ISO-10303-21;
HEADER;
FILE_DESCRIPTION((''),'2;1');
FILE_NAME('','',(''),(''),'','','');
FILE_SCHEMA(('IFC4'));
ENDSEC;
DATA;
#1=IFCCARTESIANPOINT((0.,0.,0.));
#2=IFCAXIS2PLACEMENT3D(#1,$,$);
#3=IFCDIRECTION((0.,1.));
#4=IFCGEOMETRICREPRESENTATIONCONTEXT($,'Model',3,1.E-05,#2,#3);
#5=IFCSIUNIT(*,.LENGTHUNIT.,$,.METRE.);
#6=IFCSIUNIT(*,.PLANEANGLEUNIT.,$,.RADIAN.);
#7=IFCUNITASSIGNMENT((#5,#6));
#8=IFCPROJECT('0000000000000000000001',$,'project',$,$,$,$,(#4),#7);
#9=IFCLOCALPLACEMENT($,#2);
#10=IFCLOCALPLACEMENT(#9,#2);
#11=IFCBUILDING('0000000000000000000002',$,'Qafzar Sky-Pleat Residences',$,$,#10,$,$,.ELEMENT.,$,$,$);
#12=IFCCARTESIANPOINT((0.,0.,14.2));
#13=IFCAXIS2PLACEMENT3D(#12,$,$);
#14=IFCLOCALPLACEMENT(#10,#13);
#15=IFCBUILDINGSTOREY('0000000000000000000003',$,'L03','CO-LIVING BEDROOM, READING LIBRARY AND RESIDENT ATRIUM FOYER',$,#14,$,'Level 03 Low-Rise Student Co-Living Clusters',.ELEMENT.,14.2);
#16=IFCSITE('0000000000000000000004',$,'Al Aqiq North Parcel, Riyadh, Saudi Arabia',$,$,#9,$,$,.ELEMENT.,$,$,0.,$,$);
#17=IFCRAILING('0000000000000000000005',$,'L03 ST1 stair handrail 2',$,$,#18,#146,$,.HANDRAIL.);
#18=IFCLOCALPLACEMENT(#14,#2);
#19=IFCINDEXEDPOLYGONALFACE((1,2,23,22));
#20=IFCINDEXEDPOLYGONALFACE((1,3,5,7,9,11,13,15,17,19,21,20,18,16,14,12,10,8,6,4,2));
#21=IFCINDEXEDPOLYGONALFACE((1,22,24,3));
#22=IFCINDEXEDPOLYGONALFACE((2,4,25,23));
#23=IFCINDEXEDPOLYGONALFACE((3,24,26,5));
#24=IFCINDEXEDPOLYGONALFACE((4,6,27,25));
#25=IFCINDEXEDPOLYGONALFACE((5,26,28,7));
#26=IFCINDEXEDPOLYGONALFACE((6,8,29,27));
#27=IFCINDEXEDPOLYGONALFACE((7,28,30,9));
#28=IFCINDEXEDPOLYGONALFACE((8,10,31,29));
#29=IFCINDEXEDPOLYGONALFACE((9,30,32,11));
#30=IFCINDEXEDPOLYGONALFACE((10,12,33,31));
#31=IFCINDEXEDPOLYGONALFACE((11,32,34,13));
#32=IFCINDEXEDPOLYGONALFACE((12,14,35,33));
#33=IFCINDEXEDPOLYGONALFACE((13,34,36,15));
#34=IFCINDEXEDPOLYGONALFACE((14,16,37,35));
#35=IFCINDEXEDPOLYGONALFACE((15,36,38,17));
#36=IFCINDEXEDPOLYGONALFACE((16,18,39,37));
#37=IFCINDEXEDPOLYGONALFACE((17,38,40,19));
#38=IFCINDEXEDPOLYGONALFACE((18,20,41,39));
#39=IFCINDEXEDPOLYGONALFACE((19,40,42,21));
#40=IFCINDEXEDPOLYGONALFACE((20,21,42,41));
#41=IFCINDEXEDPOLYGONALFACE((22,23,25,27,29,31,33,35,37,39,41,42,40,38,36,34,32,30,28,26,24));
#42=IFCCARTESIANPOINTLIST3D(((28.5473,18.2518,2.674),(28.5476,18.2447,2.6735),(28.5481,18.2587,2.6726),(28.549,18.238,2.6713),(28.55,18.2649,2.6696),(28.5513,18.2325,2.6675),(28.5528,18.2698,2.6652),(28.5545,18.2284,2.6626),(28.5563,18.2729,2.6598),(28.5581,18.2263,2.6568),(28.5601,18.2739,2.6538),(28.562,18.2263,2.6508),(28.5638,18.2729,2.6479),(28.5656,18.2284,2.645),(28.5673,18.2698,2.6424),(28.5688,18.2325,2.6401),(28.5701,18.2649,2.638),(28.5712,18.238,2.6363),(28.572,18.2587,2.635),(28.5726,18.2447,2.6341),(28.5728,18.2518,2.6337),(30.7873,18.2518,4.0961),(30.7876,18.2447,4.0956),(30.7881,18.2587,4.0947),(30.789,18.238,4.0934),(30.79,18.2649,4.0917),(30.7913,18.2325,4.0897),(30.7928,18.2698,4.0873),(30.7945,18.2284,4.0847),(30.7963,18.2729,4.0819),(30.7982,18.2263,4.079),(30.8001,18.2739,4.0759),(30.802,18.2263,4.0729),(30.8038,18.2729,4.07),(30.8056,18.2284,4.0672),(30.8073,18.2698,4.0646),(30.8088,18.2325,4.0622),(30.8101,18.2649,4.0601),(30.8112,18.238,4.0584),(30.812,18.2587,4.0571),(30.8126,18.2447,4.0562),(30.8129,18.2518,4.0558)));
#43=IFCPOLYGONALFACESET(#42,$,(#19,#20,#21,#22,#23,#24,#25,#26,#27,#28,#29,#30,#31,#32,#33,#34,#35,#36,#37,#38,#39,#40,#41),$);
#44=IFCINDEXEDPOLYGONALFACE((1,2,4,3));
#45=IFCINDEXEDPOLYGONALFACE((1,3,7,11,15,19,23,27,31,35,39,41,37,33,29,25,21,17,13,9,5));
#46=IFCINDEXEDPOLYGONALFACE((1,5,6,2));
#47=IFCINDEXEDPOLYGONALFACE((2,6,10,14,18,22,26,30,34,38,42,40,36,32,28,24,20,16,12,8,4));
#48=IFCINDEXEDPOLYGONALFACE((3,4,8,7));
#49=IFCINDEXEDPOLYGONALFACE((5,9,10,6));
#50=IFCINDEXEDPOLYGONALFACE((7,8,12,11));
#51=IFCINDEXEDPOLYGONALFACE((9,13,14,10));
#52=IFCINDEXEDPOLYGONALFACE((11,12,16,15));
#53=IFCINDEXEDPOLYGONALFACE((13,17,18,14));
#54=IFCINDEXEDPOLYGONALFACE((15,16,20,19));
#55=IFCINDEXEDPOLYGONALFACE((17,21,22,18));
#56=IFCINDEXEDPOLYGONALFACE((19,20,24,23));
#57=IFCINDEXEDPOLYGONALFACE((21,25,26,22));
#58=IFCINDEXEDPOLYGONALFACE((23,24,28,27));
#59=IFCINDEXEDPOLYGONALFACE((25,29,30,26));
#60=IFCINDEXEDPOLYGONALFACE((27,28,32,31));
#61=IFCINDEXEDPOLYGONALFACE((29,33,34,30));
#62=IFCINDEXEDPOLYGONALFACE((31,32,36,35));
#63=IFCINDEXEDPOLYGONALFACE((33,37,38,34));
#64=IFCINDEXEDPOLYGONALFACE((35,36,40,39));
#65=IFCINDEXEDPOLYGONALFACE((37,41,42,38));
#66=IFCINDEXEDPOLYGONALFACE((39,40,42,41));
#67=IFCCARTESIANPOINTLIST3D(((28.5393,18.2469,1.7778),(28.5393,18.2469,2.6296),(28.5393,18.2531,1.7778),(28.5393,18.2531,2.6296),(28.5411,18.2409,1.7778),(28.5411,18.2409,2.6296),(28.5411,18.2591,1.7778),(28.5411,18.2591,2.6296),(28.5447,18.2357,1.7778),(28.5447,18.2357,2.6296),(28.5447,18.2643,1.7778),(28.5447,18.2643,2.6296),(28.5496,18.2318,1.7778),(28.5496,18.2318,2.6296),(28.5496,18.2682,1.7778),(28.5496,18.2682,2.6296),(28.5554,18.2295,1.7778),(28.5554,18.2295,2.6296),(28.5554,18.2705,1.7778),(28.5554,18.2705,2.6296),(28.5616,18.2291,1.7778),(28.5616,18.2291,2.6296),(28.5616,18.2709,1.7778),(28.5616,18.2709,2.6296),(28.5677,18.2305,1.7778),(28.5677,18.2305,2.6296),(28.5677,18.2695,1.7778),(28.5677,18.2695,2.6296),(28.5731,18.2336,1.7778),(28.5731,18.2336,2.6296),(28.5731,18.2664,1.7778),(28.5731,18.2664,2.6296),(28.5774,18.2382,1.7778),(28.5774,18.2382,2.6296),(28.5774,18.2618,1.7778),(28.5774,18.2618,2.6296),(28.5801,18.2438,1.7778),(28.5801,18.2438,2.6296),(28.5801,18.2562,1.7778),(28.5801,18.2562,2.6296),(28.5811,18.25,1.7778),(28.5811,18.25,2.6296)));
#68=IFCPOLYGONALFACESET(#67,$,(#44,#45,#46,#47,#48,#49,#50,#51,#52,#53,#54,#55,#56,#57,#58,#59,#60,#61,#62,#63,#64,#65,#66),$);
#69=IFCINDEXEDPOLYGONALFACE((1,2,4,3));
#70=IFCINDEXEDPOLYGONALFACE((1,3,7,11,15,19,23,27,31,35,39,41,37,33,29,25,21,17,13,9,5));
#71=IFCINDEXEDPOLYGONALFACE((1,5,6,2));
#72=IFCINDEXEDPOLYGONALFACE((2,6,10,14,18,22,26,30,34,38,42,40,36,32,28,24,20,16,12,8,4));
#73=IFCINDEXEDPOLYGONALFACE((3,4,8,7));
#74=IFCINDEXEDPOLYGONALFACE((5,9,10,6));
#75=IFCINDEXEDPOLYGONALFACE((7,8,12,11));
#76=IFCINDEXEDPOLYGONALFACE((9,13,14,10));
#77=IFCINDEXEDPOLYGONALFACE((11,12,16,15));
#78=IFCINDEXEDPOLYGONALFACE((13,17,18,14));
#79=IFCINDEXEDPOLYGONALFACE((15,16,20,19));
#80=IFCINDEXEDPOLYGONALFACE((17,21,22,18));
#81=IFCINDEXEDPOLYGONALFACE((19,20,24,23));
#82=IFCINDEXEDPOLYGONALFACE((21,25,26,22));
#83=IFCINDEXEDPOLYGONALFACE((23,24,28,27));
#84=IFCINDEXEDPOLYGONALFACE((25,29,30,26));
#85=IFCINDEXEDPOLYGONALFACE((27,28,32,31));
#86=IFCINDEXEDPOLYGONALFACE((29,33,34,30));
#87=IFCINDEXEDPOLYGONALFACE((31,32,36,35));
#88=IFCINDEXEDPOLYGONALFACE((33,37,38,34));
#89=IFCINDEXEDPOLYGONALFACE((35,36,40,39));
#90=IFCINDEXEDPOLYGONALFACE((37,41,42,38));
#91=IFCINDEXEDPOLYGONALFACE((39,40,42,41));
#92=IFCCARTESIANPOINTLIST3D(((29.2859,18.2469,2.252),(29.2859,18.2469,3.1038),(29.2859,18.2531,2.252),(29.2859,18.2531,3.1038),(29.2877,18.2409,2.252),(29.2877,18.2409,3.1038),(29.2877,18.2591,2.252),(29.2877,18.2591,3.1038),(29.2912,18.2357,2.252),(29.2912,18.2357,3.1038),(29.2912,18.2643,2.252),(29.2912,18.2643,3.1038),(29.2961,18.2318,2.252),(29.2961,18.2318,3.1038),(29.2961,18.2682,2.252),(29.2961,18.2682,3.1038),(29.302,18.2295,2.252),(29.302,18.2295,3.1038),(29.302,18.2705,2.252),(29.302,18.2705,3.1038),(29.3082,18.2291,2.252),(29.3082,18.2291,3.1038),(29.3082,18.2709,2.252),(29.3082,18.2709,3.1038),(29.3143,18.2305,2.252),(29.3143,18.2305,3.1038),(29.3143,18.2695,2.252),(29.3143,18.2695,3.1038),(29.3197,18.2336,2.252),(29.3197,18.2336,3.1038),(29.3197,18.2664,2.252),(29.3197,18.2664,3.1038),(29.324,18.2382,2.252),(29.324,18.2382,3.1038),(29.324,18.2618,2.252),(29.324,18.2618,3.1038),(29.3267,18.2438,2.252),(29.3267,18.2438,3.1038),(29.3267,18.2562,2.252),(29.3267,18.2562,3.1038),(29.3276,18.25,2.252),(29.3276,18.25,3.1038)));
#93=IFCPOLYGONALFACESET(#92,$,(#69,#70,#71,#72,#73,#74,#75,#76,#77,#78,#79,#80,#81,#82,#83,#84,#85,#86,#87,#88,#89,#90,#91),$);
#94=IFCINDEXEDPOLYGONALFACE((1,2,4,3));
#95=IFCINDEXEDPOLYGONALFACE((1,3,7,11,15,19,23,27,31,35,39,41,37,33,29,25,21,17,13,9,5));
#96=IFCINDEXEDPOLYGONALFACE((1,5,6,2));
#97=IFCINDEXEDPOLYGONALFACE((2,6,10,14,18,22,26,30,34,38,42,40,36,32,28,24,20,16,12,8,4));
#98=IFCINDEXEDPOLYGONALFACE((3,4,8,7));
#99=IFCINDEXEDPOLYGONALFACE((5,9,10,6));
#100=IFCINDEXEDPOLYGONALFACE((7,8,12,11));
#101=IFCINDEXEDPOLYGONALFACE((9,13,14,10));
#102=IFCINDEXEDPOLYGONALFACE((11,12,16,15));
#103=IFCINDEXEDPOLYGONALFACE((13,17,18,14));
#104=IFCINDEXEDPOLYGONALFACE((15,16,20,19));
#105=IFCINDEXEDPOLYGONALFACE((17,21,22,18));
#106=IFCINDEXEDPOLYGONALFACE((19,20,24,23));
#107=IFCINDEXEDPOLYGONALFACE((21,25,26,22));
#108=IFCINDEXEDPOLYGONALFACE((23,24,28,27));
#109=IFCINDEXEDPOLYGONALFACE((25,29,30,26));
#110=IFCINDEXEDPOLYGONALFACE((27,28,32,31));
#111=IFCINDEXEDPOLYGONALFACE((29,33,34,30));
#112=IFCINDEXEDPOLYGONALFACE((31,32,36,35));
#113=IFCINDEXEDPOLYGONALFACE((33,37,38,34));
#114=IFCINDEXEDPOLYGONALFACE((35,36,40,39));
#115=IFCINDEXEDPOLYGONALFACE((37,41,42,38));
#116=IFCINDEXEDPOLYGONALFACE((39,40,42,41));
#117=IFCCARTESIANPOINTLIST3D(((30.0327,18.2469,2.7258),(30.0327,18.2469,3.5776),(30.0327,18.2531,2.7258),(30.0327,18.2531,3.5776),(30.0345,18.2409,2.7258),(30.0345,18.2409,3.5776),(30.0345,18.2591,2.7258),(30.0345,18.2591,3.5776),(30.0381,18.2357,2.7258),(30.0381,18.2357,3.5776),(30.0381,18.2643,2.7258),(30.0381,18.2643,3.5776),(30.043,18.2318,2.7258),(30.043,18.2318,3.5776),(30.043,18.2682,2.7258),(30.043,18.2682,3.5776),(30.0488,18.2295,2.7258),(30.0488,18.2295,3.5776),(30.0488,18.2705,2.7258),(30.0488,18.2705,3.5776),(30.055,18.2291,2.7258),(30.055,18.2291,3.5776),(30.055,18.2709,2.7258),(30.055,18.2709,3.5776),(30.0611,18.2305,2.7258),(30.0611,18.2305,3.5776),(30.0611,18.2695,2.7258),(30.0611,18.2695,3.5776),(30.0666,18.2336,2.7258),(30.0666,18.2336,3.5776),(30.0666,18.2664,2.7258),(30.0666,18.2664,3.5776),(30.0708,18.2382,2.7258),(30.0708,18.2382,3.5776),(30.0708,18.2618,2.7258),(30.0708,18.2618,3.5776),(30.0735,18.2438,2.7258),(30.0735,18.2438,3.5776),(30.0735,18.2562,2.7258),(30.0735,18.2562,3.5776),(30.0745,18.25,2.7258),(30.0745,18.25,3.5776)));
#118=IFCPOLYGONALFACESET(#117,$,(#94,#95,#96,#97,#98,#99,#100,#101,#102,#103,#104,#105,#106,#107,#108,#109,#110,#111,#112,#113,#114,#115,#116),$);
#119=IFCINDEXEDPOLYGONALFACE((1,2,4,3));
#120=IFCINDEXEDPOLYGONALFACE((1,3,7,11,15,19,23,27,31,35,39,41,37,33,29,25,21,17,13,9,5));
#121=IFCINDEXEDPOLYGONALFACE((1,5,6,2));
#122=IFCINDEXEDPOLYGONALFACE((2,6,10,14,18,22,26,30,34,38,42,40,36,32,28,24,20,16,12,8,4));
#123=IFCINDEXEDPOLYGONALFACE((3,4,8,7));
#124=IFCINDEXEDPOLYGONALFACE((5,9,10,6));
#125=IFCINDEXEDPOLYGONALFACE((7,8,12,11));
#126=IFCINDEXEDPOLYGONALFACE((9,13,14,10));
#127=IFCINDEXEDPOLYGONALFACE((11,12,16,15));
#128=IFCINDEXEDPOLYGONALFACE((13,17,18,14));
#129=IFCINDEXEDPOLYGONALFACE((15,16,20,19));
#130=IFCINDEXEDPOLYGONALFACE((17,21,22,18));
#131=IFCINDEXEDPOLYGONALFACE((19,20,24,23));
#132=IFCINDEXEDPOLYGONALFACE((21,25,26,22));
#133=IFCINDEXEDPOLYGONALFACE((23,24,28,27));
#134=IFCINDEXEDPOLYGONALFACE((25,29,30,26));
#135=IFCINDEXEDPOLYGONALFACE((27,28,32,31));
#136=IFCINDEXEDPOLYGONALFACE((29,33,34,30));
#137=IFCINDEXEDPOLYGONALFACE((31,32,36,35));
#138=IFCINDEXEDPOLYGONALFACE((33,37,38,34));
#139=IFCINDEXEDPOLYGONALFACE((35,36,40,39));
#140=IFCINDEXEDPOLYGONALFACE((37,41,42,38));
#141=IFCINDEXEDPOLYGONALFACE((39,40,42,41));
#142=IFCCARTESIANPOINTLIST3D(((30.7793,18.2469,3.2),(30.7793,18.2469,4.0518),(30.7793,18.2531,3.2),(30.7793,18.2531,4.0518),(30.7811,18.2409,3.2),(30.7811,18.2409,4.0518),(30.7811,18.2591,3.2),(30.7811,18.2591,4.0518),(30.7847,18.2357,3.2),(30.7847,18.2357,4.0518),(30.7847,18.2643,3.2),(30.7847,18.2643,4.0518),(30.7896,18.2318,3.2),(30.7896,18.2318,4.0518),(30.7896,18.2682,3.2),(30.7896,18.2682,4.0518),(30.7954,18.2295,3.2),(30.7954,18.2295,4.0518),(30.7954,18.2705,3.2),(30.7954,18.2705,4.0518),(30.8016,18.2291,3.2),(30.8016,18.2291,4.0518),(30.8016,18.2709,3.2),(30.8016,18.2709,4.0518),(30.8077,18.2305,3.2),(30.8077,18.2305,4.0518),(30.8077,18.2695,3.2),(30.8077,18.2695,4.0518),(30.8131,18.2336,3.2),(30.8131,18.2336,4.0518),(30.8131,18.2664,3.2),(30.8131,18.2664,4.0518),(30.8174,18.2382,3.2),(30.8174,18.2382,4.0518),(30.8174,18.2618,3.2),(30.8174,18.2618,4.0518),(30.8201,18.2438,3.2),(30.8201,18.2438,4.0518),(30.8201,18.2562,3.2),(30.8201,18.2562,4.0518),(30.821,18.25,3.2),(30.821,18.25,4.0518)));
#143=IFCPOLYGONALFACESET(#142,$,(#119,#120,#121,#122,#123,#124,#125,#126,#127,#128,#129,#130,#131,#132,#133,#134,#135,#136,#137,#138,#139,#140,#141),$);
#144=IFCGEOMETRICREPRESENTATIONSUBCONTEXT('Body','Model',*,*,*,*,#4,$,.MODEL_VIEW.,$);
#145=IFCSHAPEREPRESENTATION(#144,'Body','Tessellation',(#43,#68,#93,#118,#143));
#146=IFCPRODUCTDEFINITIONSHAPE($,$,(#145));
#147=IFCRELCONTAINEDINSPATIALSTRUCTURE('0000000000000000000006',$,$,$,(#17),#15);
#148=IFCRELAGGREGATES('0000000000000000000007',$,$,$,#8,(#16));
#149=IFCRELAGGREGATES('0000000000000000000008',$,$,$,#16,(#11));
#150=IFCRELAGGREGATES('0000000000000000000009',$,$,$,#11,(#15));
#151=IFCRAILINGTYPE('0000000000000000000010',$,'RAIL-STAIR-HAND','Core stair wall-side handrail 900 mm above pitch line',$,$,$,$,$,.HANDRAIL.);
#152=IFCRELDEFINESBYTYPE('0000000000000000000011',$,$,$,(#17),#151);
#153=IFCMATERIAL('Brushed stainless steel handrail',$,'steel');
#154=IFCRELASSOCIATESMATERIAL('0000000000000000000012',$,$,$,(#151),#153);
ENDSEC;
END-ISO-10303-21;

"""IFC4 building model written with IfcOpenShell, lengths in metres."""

from ifc_helpers import new_model, si_unit, direction, frame, origin, origin_2d, place, context, subcontext, project, spatial, circle, extrude, source, transform, mapped, material, type_object, element, save


model = new_model("IFC4")

# Units and contexts
model_context = context("Model", 3, precision=1e-05, world=origin(), true_north=direction((0.0, 1.0)))
body_context = subcontext(model_context, "Body", "Model", "MODEL_VIEW")
ifc_project = project(units=[si_unit("LENGTHUNIT", "METRE"), si_unit("PLANEANGLEUNIT", "RADIAN")], contexts=[model_context])

# Site, building, storey
site_placement = place(None, origin())
site = spatial("IfcSite", under=ifc_project, at=site_placement, Name="Al Aqiq North Parcel, Riyadh, Saudi Arabia", CompositionType="ELEMENT", RefElevation=0.0)
building_placement = place(site_placement, origin())
building = spatial("IfcBuilding", under=site, at=building_placement, Name="Qafzar Sky-Pleat Residences", CompositionType="ELEMENT")
storey_placement = place(building_placement, frame((0.0, 0.0, 14.2)))
storey = spatial("IfcBuildingStorey", under=building, at=storey_placement, Name="L03", Description="CO-LIVING BEDROOM, READING LIBRARY AND RESIDENT ATRIUM FOYER", LongName="Level 03 Low-Rise Student Co-Living Clusters", CompositionType="ELEMENT", Elevation=14.2)

# Railing
ifc_material_1 = material(Name="Brushed stainless steel handrail", Category="steel")
railing_type_1 = type_object("IfcRailingType", Name="RAIL-STAIR-HAND", Description="Core stair wall-side handrail 900 mm above pitch line", PredefinedType="HANDRAIL", material=ifc_material_1)
shared_shape_1 = source(origin(), body_context, "Body", "SweptSolid", [
    extrude(circle(Radius=0.0239, at=origin_2d()), frame((0.0, 0.0, 0.876), z_axis=(0.844229, 0.0, 0.535982), x_axis=(0.0, 1.0, 0.0)), (0.0, 0.0, 1.0), 2.6533),
    extrude(circle(Radius=0.021, at=origin_2d()), origin(), (0.0, 0.0, 1.0), 0.8518),
    extrude(circle(Radius=0.021, at=origin_2d()), frame((0.7466, 0.0, 0.4741)), (0.0, 0.0, 1.0), 0.8518),
    extrude(circle(Radius=0.021, at=origin_2d()), frame((1.4934, 0.0, 0.948)), (0.0, 0.0, 1.0), 0.8518),
    extrude(circle(Radius=0.021, at=origin_2d()), frame((2.24, 0.0, 1.4221)), (0.0, 0.0, 1.0), 0.8518),
])
railing_1_placement = place(storey_placement, frame((28.5601, 18.25, 1.7778)))
element("IfcRailing", 1, at=railing_1_placement, inside=storey, type_object=railing_type_1, Name="L03 ST1 stair handrail 2", PredefinedType="HANDRAIL", context=body_context, shape_type="MappedRepresentation", body=[
    mapped(shared_shape_1, transform((0.0, 0.0, 0.0), x_axis=(1.0, 0.0, 0.0), y_axis=(0.0, 1.0, 0.0), z_axis=(0.0, 0.0, 1.0), scale=1.0)),
])

save(model, "model.ifc")
